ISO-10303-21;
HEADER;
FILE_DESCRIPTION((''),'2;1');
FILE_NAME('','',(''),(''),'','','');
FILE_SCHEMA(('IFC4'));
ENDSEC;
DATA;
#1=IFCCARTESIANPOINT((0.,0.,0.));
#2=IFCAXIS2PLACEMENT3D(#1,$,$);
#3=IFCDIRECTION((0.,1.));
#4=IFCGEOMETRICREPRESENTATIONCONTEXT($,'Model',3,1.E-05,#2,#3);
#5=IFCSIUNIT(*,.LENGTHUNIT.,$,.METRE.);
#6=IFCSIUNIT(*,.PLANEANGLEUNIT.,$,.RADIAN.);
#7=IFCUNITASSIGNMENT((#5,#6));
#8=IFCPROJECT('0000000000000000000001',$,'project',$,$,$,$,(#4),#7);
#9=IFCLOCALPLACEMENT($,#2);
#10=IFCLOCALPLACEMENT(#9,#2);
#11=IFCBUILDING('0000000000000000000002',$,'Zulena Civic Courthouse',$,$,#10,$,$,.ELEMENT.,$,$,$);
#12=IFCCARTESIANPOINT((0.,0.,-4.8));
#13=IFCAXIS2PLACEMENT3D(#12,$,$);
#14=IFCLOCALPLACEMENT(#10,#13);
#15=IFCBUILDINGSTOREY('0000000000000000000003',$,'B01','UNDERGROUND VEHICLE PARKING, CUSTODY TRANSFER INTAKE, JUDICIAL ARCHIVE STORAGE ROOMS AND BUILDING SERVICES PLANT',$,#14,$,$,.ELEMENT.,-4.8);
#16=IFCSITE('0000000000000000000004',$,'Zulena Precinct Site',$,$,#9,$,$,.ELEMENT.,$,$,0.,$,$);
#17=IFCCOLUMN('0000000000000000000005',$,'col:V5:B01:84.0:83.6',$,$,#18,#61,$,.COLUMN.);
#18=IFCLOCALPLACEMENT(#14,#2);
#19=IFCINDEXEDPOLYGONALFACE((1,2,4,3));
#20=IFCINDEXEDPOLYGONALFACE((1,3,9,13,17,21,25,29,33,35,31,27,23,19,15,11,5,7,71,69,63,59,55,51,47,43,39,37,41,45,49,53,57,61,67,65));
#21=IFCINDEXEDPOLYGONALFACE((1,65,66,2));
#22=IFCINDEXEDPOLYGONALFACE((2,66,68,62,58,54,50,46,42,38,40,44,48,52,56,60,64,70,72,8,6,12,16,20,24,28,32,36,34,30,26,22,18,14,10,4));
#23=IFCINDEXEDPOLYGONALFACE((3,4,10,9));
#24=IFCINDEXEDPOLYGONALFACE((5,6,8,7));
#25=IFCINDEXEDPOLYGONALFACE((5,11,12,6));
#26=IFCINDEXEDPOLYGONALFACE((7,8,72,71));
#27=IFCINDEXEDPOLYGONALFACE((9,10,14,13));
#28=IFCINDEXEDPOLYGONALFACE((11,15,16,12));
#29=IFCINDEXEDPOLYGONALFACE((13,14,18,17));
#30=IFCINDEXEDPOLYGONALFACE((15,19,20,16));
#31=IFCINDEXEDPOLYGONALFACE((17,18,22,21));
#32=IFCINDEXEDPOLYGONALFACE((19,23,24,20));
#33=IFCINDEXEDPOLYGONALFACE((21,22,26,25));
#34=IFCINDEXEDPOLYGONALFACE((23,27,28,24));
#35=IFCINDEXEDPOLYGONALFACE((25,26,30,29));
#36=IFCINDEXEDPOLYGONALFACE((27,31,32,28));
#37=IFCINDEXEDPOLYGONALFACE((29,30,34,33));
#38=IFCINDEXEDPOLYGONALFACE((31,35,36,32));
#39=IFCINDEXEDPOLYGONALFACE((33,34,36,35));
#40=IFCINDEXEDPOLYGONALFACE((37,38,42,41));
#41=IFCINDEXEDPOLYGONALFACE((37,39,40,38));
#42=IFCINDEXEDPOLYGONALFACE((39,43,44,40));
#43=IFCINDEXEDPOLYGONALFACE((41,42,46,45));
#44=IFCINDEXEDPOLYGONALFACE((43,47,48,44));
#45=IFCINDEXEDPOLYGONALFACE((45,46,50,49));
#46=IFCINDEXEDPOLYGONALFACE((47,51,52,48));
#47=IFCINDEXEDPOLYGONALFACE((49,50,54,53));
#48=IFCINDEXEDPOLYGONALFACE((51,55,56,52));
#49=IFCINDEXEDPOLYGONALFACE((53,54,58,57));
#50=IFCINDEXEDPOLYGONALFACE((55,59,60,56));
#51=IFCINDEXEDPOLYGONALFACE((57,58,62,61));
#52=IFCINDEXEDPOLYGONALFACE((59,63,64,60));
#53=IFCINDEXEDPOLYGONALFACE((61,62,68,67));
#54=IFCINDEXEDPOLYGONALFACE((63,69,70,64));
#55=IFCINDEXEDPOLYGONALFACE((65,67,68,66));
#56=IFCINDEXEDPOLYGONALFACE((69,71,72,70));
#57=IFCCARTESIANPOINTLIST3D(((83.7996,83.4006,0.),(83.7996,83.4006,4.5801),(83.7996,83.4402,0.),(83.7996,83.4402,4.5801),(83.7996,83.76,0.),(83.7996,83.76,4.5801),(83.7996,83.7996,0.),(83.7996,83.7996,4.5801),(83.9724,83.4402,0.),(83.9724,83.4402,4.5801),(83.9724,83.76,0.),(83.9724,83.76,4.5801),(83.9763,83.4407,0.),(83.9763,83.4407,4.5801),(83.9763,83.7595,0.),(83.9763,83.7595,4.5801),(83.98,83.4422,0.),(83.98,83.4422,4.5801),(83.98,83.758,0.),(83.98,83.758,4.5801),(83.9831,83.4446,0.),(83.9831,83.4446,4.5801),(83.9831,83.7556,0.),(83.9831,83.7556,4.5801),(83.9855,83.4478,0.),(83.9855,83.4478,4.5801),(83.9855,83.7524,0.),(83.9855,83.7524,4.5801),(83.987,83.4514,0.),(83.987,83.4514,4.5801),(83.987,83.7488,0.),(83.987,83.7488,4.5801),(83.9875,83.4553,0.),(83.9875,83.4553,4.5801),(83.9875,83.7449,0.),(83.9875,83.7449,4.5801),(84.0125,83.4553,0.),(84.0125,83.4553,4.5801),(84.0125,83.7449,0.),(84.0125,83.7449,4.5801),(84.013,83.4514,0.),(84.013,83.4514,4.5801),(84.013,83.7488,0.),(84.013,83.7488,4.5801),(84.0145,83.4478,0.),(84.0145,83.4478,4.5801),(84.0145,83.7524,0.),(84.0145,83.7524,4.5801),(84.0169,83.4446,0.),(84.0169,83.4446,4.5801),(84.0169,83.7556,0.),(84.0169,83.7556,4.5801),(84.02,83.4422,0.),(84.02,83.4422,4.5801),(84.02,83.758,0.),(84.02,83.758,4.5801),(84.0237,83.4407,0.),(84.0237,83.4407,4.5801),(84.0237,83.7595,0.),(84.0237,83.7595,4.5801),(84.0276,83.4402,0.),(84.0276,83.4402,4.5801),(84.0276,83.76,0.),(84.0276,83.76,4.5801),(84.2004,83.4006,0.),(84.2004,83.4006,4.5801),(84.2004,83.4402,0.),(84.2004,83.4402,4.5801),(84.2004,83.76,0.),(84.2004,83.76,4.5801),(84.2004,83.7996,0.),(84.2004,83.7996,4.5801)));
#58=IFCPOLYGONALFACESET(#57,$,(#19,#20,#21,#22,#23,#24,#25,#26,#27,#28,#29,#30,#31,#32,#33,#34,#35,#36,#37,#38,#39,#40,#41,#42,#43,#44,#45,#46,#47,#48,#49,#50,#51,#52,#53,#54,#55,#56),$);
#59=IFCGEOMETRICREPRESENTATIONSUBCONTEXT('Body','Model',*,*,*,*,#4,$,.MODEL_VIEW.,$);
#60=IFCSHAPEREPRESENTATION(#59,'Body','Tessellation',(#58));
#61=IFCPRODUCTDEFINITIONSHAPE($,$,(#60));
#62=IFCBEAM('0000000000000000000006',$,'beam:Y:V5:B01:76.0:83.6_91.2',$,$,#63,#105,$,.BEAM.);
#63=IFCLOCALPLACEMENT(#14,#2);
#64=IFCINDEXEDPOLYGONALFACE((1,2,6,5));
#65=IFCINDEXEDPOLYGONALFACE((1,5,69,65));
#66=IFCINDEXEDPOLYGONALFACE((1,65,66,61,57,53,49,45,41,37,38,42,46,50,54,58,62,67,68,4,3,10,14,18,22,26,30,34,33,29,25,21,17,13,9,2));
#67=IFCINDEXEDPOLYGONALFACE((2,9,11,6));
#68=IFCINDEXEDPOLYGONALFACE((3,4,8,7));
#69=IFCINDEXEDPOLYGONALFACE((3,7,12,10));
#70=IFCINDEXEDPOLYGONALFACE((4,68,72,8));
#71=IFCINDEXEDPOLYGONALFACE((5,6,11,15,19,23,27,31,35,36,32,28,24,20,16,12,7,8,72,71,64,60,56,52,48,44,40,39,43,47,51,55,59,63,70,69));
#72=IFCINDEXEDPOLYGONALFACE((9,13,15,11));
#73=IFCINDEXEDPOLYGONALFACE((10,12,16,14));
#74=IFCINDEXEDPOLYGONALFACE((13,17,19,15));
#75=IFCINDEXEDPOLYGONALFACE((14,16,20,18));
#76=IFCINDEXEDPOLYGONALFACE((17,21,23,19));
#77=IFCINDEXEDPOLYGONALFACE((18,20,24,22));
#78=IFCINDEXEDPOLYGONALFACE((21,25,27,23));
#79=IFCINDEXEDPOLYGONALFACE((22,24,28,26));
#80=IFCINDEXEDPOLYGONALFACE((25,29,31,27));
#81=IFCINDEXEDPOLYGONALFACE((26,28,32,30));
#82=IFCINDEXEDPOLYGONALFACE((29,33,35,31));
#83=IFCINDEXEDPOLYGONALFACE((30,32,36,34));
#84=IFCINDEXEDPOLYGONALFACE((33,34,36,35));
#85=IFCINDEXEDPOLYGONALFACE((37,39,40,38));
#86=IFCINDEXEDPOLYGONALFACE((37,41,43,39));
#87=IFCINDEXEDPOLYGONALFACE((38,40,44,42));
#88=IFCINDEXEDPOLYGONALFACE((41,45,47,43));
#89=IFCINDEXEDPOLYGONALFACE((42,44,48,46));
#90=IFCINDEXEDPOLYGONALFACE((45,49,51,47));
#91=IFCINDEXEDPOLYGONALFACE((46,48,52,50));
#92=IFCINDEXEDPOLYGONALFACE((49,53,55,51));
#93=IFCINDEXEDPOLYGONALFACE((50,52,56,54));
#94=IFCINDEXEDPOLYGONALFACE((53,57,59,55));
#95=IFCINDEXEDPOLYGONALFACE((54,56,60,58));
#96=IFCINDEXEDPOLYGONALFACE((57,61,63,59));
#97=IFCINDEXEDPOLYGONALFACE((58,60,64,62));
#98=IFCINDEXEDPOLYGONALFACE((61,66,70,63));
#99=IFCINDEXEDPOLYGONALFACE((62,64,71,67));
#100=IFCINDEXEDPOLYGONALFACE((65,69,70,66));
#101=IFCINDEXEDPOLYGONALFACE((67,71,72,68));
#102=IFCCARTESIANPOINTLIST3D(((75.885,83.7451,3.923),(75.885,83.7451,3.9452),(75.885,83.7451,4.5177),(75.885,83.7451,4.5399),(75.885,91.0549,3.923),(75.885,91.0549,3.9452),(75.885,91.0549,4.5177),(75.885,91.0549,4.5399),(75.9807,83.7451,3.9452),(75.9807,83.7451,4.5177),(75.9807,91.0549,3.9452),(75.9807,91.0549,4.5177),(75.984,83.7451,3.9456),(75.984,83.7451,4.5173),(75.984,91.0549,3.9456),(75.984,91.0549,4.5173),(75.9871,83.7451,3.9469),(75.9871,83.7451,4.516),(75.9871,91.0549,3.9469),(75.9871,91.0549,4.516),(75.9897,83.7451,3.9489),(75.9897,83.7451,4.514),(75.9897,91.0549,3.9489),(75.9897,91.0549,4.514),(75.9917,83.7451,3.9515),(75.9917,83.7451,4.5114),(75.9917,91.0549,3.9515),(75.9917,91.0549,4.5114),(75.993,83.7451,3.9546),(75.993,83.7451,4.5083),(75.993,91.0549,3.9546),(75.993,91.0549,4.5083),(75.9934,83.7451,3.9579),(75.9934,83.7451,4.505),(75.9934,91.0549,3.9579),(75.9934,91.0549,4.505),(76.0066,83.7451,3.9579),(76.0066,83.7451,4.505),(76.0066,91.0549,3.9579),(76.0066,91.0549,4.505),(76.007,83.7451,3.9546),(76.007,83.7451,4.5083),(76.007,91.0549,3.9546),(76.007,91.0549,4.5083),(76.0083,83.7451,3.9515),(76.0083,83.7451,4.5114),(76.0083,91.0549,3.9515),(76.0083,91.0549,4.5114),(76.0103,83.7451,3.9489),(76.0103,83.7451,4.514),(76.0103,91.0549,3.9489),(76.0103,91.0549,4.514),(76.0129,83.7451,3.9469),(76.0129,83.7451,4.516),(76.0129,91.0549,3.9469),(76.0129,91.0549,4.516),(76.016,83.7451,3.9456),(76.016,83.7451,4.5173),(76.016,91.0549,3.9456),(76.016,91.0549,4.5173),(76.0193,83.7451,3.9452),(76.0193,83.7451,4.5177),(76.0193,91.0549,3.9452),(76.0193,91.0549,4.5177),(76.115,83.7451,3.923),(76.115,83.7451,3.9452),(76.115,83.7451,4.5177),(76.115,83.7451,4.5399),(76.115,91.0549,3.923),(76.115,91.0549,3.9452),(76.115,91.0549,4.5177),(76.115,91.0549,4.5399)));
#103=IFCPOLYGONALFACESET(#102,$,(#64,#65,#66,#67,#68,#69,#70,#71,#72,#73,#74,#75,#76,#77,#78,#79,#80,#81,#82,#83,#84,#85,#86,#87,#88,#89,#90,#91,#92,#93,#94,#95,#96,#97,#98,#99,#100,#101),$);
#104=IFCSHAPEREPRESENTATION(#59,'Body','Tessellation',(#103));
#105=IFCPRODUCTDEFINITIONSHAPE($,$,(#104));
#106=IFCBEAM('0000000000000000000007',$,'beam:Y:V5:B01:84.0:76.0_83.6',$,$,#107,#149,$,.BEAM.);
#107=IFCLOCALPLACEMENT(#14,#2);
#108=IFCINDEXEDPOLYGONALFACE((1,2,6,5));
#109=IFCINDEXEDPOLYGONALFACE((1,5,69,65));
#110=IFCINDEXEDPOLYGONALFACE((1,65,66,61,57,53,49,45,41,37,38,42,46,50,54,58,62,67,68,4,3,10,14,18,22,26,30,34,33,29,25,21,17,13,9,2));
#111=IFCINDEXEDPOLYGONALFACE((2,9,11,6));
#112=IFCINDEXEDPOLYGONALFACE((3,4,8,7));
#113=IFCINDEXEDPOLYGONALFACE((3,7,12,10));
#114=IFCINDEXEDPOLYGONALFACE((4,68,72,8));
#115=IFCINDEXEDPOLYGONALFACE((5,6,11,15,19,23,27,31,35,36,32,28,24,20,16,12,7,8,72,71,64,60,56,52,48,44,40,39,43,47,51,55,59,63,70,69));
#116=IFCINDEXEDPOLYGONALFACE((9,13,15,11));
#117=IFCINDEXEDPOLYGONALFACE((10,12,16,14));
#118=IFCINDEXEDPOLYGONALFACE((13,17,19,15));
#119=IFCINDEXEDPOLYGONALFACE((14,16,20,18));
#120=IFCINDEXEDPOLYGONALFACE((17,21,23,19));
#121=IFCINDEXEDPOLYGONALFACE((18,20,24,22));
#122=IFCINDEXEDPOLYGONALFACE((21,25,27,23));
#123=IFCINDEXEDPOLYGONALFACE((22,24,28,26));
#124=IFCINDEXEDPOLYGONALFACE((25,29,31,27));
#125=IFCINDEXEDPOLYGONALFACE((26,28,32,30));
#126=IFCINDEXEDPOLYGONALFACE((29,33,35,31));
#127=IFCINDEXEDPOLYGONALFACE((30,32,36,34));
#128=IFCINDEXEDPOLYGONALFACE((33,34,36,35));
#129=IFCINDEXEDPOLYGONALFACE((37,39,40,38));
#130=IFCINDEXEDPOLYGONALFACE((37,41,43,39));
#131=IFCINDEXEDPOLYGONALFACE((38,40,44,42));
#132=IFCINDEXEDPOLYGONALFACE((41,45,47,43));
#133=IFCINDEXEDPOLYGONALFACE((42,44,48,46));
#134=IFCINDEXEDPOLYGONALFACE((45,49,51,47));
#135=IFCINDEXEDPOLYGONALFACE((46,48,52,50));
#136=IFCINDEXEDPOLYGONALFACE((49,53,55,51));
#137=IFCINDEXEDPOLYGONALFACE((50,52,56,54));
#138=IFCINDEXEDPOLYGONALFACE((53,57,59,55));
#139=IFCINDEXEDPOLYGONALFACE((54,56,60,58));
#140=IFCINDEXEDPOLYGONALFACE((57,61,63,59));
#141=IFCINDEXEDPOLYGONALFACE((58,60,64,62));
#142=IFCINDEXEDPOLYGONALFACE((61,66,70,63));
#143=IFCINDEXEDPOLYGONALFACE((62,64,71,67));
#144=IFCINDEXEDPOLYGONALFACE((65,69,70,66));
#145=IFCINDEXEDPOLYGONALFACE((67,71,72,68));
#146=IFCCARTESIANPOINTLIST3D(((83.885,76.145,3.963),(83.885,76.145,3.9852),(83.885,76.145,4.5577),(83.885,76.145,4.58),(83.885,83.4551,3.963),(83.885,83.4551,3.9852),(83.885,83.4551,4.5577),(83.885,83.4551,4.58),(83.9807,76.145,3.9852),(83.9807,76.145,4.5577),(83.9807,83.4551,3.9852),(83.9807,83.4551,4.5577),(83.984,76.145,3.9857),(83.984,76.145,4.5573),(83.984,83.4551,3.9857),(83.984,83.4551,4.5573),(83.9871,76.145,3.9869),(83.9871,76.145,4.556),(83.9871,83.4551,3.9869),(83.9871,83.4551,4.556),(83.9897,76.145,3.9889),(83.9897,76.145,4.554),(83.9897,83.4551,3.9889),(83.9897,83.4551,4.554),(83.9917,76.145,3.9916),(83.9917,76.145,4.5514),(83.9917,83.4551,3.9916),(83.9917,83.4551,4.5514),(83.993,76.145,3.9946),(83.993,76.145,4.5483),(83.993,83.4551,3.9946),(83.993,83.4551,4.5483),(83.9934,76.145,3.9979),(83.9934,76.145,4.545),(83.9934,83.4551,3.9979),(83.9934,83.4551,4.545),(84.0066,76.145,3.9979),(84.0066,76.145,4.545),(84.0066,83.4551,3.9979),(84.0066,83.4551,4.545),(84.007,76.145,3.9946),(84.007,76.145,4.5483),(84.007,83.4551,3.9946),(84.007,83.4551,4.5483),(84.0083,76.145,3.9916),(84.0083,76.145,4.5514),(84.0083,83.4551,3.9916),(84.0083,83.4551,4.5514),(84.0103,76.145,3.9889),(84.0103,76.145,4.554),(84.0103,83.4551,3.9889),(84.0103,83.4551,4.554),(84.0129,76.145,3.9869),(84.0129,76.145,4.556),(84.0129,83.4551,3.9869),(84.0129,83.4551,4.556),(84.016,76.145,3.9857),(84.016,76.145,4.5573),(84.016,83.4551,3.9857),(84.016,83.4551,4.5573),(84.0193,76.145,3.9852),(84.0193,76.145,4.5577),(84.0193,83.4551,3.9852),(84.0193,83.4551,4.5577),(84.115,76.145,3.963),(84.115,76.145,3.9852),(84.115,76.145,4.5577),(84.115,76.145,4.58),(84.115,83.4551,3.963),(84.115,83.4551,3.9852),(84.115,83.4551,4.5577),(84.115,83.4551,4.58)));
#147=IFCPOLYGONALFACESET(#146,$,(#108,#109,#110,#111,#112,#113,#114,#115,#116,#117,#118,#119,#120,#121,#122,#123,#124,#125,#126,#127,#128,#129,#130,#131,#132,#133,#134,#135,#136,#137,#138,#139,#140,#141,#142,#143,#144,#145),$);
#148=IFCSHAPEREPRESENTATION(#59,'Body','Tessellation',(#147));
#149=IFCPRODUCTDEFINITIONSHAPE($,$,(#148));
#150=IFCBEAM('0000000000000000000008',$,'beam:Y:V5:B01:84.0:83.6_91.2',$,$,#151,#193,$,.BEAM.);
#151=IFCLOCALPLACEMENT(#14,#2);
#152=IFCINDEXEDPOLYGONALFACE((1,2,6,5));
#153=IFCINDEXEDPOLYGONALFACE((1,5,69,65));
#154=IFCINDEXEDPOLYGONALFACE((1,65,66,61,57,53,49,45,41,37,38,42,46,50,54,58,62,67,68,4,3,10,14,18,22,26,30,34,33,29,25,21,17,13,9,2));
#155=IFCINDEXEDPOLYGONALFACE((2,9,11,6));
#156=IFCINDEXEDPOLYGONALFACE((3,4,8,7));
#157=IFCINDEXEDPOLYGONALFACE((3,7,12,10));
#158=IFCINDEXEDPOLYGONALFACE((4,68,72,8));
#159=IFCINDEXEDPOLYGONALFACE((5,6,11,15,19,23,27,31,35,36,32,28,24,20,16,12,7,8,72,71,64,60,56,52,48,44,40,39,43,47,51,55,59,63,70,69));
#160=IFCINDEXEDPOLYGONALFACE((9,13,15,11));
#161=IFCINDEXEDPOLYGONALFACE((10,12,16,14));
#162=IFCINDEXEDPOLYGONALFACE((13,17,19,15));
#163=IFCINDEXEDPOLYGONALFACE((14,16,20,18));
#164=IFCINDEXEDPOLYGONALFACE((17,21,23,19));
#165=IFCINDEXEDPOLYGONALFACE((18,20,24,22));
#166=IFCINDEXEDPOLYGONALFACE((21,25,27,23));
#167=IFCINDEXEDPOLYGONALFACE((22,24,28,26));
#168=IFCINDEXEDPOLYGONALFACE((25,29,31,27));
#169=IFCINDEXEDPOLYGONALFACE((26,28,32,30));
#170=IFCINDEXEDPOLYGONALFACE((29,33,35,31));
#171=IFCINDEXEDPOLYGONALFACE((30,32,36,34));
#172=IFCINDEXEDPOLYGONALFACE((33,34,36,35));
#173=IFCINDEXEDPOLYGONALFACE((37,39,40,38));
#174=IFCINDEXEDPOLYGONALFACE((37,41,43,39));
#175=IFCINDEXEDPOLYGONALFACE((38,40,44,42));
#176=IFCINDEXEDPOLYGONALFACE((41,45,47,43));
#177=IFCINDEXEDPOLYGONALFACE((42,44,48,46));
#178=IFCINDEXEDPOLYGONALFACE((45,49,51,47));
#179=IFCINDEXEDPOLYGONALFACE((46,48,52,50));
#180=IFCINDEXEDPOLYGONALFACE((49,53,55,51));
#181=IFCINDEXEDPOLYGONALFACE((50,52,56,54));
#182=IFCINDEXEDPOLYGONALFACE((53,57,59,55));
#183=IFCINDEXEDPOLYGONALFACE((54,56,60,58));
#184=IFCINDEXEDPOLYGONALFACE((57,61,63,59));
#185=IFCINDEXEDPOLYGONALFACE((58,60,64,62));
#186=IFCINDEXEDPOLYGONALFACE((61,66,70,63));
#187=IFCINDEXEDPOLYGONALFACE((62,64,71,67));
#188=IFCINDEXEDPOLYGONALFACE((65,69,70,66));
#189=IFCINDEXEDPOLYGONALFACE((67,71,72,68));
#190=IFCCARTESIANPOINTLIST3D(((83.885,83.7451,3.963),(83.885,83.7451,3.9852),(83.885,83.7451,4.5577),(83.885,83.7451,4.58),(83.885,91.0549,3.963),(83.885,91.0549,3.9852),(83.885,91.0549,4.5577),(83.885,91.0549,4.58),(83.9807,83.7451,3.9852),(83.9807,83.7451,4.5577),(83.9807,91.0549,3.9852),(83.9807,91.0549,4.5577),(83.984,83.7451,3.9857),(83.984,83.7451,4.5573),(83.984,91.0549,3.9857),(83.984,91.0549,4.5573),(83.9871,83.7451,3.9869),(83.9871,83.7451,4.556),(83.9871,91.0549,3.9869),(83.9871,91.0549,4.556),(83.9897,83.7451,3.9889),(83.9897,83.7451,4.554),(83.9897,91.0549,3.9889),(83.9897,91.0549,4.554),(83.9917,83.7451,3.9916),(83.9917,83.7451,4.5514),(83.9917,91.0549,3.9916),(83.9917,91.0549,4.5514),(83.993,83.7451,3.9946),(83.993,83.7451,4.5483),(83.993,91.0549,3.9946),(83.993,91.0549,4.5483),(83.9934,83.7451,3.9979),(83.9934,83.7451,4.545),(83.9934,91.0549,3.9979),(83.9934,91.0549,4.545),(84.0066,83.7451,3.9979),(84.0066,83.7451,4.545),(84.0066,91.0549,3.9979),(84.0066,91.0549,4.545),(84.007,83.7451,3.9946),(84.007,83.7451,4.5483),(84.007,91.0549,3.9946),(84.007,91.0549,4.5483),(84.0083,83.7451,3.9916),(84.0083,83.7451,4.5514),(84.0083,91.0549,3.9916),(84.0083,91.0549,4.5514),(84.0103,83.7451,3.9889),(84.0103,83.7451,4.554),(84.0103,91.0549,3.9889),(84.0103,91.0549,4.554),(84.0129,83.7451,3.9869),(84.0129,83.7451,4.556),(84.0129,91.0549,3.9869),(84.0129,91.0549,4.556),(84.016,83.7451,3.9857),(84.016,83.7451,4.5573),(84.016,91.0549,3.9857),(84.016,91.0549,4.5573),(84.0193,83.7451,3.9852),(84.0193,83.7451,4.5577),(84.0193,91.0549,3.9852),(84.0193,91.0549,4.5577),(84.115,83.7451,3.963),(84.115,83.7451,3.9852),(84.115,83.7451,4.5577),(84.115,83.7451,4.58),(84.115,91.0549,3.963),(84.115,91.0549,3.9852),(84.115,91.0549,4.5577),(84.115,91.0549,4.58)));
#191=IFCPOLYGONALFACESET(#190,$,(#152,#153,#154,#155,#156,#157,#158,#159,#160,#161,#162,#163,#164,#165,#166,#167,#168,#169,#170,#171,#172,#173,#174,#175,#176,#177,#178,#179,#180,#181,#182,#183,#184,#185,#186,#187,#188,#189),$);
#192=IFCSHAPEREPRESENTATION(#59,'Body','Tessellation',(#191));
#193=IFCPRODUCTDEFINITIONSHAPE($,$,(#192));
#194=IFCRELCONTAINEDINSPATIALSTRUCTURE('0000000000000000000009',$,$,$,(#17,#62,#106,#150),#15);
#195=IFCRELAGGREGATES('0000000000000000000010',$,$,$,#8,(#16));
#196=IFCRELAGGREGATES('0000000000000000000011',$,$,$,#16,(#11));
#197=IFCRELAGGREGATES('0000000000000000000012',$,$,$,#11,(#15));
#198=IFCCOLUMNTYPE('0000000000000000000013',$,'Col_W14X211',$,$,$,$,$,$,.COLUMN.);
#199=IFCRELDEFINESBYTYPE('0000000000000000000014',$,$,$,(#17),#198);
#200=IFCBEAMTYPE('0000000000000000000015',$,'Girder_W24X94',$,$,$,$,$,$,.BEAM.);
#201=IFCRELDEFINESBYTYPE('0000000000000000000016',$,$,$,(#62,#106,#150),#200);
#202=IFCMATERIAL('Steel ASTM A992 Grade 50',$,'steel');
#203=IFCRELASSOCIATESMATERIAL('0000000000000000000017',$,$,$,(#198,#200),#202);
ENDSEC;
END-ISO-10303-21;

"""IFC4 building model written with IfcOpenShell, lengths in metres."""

from ifc_helpers import new_model, si_unit, direction, frame, origin, origin_2d, place, context, subcontext, project, spatial, i_section, extrude, material, material_profile, profile_set, type_object, element, save


model = new_model("IFC4")

# Units and contexts
model_context = context("Model", 3, precision=1e-05, world=origin(), true_north=direction((0.0, 1.0)))
body_context = subcontext(model_context, "Body", "Model", "MODEL_VIEW")
ifc_project = project(units=[si_unit("LENGTHUNIT", "METRE"), si_unit("PLANEANGLEUNIT", "RADIAN")], contexts=[model_context])

# Site, building, storey
site_placement = place(None, origin())
site = spatial("IfcSite", under=ifc_project, at=site_placement, Name="Zulena Precinct Site", CompositionType="ELEMENT", RefElevation=0.0)
building_placement = place(site_placement, origin())
building = spatial("IfcBuilding", under=site, at=building_placement, Name="Zulena Civic Courthouse", CompositionType="ELEMENT")
storey_placement = place(building_placement, frame((0.0, 0.0, -4.8)))
storey = spatial("IfcBuildingStorey", under=building, at=storey_placement, Name="B01", Description="UNDERGROUND VEHICLE PARKING, CUSTODY TRANSFER INTAKE, JUDICIAL ARCHIVE STORAGE ROOMS AND BUILDING SERVICES PLANT", CompositionType="ELEMENT", Elevation=-4.8)

# Column
ifc_material_1 = material(Name="Steel ASTM A992 Grade 50", Category="steel")
ifc_material_profile_1 = material_profile(ifc_material_1, i_section(OverallWidth=0.4009, OverallDepth=0.3989, WebThickness=0.0249, FlangeThickness=0.0396, FilletRadius=0.0151, at=origin_2d()), Name="W14X211")
ifc_profile_set_1 = profile_set([ifc_material_profile_1], Name="Steel ASTM A992 Grade 50")
column_type_1 = type_object("IfcColumnType", Name="Col_W14X211", PredefinedType="COLUMN", material=ifc_profile_set_1)
for number, where, z_axis, x_axis, name in (
    (1, (84.0, 83.6001, 0.0), (0.0, 0.0, 1.0), (1.0, 0.0, 0.0), "col:V5:B01:84.0:83.6"),
):
    element("IfcColumn", number, at=place(storey_placement, frame(where, z_axis=z_axis, x_axis=x_axis)), inside=storey, type_object=column_type_1, Name=name, PredefinedType="COLUMN", context=body_context, shape_type="SweptSolid", body=[
        extrude(i_section(OverallWidth=0.4009, OverallDepth=0.3989, WebThickness=0.0249, FlangeThickness=0.0396, FilletRadius=0.0151, at=origin_2d()), origin(), (0.0, 0.0, 1.0), 4.5801),
    ])

# Beams
ifc_material_profile_2 = material_profile(ifc_material_1, i_section(OverallWidth=0.23, OverallDepth=0.6169, WebThickness=0.0132, FlangeThickness=0.0222, FilletRadius=0.0127, at=origin_2d()), Name="W24X94")
ifc_profile_set_2 = profile_set([ifc_material_profile_2], Name="Steel ASTM A992 Grade 50")
beam_type_1 = type_object("IfcBeamType", Name="Girder_W24X94", PredefinedType="BEAM", material=ifc_profile_set_2)
beam_1_placement = place(storey_placement, frame((76.0, 83.7451, 4.2314), z_axis=(0.0, 1.0, 0.0), x_axis=(-1.0, 0.0, 0.0)))
element("IfcBeam", 2, at=beam_1_placement, inside=storey, type_object=beam_type_1, Name="beam:Y:V5:B01:76.0:83.6_91.2", PredefinedType="BEAM", context=body_context, shape_type="SweptSolid", body=[
    extrude(i_section(OverallWidth=0.23, OverallDepth=0.6169, WebThickness=0.0132, FlangeThickness=0.0222, FilletRadius=0.0127, at=origin_2d()), origin(), (0.0, 0.0, 1.0), 7.3098),
])
beam_2_placement = place(storey_placement, frame((84.0, 76.145, 4.2715), z_axis=(0.0, 1.0, 0.0), x_axis=(-1.0, 0.0, 0.0)))
element("IfcBeam", 3, at=beam_2_placement, inside=storey, type_object=beam_type_1, Name="beam:Y:V5:B01:84.0:76.0_83.6", PredefinedType="BEAM", context=body_context, shape_type="SweptSolid", body=[
    extrude(i_section(OverallWidth=0.23, OverallDepth=0.6169, WebThickness=0.0132, FlangeThickness=0.0222, FilletRadius=0.0127, at=origin_2d()), origin(), (0.0, 0.0, 1.0), 7.3101),
])
beam_3_placement = place(storey_placement, frame((84.0, 83.7451, 4.2715), z_axis=(0.0, 1.0, 0.0), x_axis=(-1.0, 0.0, 0.0)))
element("IfcBeam", 4, at=beam_3_placement, inside=storey, type_object=beam_type_1, Name="beam:Y:V5:B01:84.0:83.6_91.2", PredefinedType="BEAM", context=body_context, shape_type="SweptSolid", body=[
    extrude(i_section(OverallWidth=0.23, OverallDepth=0.6169, WebThickness=0.0132, FlangeThickness=0.0222, FilletRadius=0.0127, at=origin_2d()), origin(), (0.0, 0.0, 1.0), 7.3098),
])

save(model, "model.ifc")
